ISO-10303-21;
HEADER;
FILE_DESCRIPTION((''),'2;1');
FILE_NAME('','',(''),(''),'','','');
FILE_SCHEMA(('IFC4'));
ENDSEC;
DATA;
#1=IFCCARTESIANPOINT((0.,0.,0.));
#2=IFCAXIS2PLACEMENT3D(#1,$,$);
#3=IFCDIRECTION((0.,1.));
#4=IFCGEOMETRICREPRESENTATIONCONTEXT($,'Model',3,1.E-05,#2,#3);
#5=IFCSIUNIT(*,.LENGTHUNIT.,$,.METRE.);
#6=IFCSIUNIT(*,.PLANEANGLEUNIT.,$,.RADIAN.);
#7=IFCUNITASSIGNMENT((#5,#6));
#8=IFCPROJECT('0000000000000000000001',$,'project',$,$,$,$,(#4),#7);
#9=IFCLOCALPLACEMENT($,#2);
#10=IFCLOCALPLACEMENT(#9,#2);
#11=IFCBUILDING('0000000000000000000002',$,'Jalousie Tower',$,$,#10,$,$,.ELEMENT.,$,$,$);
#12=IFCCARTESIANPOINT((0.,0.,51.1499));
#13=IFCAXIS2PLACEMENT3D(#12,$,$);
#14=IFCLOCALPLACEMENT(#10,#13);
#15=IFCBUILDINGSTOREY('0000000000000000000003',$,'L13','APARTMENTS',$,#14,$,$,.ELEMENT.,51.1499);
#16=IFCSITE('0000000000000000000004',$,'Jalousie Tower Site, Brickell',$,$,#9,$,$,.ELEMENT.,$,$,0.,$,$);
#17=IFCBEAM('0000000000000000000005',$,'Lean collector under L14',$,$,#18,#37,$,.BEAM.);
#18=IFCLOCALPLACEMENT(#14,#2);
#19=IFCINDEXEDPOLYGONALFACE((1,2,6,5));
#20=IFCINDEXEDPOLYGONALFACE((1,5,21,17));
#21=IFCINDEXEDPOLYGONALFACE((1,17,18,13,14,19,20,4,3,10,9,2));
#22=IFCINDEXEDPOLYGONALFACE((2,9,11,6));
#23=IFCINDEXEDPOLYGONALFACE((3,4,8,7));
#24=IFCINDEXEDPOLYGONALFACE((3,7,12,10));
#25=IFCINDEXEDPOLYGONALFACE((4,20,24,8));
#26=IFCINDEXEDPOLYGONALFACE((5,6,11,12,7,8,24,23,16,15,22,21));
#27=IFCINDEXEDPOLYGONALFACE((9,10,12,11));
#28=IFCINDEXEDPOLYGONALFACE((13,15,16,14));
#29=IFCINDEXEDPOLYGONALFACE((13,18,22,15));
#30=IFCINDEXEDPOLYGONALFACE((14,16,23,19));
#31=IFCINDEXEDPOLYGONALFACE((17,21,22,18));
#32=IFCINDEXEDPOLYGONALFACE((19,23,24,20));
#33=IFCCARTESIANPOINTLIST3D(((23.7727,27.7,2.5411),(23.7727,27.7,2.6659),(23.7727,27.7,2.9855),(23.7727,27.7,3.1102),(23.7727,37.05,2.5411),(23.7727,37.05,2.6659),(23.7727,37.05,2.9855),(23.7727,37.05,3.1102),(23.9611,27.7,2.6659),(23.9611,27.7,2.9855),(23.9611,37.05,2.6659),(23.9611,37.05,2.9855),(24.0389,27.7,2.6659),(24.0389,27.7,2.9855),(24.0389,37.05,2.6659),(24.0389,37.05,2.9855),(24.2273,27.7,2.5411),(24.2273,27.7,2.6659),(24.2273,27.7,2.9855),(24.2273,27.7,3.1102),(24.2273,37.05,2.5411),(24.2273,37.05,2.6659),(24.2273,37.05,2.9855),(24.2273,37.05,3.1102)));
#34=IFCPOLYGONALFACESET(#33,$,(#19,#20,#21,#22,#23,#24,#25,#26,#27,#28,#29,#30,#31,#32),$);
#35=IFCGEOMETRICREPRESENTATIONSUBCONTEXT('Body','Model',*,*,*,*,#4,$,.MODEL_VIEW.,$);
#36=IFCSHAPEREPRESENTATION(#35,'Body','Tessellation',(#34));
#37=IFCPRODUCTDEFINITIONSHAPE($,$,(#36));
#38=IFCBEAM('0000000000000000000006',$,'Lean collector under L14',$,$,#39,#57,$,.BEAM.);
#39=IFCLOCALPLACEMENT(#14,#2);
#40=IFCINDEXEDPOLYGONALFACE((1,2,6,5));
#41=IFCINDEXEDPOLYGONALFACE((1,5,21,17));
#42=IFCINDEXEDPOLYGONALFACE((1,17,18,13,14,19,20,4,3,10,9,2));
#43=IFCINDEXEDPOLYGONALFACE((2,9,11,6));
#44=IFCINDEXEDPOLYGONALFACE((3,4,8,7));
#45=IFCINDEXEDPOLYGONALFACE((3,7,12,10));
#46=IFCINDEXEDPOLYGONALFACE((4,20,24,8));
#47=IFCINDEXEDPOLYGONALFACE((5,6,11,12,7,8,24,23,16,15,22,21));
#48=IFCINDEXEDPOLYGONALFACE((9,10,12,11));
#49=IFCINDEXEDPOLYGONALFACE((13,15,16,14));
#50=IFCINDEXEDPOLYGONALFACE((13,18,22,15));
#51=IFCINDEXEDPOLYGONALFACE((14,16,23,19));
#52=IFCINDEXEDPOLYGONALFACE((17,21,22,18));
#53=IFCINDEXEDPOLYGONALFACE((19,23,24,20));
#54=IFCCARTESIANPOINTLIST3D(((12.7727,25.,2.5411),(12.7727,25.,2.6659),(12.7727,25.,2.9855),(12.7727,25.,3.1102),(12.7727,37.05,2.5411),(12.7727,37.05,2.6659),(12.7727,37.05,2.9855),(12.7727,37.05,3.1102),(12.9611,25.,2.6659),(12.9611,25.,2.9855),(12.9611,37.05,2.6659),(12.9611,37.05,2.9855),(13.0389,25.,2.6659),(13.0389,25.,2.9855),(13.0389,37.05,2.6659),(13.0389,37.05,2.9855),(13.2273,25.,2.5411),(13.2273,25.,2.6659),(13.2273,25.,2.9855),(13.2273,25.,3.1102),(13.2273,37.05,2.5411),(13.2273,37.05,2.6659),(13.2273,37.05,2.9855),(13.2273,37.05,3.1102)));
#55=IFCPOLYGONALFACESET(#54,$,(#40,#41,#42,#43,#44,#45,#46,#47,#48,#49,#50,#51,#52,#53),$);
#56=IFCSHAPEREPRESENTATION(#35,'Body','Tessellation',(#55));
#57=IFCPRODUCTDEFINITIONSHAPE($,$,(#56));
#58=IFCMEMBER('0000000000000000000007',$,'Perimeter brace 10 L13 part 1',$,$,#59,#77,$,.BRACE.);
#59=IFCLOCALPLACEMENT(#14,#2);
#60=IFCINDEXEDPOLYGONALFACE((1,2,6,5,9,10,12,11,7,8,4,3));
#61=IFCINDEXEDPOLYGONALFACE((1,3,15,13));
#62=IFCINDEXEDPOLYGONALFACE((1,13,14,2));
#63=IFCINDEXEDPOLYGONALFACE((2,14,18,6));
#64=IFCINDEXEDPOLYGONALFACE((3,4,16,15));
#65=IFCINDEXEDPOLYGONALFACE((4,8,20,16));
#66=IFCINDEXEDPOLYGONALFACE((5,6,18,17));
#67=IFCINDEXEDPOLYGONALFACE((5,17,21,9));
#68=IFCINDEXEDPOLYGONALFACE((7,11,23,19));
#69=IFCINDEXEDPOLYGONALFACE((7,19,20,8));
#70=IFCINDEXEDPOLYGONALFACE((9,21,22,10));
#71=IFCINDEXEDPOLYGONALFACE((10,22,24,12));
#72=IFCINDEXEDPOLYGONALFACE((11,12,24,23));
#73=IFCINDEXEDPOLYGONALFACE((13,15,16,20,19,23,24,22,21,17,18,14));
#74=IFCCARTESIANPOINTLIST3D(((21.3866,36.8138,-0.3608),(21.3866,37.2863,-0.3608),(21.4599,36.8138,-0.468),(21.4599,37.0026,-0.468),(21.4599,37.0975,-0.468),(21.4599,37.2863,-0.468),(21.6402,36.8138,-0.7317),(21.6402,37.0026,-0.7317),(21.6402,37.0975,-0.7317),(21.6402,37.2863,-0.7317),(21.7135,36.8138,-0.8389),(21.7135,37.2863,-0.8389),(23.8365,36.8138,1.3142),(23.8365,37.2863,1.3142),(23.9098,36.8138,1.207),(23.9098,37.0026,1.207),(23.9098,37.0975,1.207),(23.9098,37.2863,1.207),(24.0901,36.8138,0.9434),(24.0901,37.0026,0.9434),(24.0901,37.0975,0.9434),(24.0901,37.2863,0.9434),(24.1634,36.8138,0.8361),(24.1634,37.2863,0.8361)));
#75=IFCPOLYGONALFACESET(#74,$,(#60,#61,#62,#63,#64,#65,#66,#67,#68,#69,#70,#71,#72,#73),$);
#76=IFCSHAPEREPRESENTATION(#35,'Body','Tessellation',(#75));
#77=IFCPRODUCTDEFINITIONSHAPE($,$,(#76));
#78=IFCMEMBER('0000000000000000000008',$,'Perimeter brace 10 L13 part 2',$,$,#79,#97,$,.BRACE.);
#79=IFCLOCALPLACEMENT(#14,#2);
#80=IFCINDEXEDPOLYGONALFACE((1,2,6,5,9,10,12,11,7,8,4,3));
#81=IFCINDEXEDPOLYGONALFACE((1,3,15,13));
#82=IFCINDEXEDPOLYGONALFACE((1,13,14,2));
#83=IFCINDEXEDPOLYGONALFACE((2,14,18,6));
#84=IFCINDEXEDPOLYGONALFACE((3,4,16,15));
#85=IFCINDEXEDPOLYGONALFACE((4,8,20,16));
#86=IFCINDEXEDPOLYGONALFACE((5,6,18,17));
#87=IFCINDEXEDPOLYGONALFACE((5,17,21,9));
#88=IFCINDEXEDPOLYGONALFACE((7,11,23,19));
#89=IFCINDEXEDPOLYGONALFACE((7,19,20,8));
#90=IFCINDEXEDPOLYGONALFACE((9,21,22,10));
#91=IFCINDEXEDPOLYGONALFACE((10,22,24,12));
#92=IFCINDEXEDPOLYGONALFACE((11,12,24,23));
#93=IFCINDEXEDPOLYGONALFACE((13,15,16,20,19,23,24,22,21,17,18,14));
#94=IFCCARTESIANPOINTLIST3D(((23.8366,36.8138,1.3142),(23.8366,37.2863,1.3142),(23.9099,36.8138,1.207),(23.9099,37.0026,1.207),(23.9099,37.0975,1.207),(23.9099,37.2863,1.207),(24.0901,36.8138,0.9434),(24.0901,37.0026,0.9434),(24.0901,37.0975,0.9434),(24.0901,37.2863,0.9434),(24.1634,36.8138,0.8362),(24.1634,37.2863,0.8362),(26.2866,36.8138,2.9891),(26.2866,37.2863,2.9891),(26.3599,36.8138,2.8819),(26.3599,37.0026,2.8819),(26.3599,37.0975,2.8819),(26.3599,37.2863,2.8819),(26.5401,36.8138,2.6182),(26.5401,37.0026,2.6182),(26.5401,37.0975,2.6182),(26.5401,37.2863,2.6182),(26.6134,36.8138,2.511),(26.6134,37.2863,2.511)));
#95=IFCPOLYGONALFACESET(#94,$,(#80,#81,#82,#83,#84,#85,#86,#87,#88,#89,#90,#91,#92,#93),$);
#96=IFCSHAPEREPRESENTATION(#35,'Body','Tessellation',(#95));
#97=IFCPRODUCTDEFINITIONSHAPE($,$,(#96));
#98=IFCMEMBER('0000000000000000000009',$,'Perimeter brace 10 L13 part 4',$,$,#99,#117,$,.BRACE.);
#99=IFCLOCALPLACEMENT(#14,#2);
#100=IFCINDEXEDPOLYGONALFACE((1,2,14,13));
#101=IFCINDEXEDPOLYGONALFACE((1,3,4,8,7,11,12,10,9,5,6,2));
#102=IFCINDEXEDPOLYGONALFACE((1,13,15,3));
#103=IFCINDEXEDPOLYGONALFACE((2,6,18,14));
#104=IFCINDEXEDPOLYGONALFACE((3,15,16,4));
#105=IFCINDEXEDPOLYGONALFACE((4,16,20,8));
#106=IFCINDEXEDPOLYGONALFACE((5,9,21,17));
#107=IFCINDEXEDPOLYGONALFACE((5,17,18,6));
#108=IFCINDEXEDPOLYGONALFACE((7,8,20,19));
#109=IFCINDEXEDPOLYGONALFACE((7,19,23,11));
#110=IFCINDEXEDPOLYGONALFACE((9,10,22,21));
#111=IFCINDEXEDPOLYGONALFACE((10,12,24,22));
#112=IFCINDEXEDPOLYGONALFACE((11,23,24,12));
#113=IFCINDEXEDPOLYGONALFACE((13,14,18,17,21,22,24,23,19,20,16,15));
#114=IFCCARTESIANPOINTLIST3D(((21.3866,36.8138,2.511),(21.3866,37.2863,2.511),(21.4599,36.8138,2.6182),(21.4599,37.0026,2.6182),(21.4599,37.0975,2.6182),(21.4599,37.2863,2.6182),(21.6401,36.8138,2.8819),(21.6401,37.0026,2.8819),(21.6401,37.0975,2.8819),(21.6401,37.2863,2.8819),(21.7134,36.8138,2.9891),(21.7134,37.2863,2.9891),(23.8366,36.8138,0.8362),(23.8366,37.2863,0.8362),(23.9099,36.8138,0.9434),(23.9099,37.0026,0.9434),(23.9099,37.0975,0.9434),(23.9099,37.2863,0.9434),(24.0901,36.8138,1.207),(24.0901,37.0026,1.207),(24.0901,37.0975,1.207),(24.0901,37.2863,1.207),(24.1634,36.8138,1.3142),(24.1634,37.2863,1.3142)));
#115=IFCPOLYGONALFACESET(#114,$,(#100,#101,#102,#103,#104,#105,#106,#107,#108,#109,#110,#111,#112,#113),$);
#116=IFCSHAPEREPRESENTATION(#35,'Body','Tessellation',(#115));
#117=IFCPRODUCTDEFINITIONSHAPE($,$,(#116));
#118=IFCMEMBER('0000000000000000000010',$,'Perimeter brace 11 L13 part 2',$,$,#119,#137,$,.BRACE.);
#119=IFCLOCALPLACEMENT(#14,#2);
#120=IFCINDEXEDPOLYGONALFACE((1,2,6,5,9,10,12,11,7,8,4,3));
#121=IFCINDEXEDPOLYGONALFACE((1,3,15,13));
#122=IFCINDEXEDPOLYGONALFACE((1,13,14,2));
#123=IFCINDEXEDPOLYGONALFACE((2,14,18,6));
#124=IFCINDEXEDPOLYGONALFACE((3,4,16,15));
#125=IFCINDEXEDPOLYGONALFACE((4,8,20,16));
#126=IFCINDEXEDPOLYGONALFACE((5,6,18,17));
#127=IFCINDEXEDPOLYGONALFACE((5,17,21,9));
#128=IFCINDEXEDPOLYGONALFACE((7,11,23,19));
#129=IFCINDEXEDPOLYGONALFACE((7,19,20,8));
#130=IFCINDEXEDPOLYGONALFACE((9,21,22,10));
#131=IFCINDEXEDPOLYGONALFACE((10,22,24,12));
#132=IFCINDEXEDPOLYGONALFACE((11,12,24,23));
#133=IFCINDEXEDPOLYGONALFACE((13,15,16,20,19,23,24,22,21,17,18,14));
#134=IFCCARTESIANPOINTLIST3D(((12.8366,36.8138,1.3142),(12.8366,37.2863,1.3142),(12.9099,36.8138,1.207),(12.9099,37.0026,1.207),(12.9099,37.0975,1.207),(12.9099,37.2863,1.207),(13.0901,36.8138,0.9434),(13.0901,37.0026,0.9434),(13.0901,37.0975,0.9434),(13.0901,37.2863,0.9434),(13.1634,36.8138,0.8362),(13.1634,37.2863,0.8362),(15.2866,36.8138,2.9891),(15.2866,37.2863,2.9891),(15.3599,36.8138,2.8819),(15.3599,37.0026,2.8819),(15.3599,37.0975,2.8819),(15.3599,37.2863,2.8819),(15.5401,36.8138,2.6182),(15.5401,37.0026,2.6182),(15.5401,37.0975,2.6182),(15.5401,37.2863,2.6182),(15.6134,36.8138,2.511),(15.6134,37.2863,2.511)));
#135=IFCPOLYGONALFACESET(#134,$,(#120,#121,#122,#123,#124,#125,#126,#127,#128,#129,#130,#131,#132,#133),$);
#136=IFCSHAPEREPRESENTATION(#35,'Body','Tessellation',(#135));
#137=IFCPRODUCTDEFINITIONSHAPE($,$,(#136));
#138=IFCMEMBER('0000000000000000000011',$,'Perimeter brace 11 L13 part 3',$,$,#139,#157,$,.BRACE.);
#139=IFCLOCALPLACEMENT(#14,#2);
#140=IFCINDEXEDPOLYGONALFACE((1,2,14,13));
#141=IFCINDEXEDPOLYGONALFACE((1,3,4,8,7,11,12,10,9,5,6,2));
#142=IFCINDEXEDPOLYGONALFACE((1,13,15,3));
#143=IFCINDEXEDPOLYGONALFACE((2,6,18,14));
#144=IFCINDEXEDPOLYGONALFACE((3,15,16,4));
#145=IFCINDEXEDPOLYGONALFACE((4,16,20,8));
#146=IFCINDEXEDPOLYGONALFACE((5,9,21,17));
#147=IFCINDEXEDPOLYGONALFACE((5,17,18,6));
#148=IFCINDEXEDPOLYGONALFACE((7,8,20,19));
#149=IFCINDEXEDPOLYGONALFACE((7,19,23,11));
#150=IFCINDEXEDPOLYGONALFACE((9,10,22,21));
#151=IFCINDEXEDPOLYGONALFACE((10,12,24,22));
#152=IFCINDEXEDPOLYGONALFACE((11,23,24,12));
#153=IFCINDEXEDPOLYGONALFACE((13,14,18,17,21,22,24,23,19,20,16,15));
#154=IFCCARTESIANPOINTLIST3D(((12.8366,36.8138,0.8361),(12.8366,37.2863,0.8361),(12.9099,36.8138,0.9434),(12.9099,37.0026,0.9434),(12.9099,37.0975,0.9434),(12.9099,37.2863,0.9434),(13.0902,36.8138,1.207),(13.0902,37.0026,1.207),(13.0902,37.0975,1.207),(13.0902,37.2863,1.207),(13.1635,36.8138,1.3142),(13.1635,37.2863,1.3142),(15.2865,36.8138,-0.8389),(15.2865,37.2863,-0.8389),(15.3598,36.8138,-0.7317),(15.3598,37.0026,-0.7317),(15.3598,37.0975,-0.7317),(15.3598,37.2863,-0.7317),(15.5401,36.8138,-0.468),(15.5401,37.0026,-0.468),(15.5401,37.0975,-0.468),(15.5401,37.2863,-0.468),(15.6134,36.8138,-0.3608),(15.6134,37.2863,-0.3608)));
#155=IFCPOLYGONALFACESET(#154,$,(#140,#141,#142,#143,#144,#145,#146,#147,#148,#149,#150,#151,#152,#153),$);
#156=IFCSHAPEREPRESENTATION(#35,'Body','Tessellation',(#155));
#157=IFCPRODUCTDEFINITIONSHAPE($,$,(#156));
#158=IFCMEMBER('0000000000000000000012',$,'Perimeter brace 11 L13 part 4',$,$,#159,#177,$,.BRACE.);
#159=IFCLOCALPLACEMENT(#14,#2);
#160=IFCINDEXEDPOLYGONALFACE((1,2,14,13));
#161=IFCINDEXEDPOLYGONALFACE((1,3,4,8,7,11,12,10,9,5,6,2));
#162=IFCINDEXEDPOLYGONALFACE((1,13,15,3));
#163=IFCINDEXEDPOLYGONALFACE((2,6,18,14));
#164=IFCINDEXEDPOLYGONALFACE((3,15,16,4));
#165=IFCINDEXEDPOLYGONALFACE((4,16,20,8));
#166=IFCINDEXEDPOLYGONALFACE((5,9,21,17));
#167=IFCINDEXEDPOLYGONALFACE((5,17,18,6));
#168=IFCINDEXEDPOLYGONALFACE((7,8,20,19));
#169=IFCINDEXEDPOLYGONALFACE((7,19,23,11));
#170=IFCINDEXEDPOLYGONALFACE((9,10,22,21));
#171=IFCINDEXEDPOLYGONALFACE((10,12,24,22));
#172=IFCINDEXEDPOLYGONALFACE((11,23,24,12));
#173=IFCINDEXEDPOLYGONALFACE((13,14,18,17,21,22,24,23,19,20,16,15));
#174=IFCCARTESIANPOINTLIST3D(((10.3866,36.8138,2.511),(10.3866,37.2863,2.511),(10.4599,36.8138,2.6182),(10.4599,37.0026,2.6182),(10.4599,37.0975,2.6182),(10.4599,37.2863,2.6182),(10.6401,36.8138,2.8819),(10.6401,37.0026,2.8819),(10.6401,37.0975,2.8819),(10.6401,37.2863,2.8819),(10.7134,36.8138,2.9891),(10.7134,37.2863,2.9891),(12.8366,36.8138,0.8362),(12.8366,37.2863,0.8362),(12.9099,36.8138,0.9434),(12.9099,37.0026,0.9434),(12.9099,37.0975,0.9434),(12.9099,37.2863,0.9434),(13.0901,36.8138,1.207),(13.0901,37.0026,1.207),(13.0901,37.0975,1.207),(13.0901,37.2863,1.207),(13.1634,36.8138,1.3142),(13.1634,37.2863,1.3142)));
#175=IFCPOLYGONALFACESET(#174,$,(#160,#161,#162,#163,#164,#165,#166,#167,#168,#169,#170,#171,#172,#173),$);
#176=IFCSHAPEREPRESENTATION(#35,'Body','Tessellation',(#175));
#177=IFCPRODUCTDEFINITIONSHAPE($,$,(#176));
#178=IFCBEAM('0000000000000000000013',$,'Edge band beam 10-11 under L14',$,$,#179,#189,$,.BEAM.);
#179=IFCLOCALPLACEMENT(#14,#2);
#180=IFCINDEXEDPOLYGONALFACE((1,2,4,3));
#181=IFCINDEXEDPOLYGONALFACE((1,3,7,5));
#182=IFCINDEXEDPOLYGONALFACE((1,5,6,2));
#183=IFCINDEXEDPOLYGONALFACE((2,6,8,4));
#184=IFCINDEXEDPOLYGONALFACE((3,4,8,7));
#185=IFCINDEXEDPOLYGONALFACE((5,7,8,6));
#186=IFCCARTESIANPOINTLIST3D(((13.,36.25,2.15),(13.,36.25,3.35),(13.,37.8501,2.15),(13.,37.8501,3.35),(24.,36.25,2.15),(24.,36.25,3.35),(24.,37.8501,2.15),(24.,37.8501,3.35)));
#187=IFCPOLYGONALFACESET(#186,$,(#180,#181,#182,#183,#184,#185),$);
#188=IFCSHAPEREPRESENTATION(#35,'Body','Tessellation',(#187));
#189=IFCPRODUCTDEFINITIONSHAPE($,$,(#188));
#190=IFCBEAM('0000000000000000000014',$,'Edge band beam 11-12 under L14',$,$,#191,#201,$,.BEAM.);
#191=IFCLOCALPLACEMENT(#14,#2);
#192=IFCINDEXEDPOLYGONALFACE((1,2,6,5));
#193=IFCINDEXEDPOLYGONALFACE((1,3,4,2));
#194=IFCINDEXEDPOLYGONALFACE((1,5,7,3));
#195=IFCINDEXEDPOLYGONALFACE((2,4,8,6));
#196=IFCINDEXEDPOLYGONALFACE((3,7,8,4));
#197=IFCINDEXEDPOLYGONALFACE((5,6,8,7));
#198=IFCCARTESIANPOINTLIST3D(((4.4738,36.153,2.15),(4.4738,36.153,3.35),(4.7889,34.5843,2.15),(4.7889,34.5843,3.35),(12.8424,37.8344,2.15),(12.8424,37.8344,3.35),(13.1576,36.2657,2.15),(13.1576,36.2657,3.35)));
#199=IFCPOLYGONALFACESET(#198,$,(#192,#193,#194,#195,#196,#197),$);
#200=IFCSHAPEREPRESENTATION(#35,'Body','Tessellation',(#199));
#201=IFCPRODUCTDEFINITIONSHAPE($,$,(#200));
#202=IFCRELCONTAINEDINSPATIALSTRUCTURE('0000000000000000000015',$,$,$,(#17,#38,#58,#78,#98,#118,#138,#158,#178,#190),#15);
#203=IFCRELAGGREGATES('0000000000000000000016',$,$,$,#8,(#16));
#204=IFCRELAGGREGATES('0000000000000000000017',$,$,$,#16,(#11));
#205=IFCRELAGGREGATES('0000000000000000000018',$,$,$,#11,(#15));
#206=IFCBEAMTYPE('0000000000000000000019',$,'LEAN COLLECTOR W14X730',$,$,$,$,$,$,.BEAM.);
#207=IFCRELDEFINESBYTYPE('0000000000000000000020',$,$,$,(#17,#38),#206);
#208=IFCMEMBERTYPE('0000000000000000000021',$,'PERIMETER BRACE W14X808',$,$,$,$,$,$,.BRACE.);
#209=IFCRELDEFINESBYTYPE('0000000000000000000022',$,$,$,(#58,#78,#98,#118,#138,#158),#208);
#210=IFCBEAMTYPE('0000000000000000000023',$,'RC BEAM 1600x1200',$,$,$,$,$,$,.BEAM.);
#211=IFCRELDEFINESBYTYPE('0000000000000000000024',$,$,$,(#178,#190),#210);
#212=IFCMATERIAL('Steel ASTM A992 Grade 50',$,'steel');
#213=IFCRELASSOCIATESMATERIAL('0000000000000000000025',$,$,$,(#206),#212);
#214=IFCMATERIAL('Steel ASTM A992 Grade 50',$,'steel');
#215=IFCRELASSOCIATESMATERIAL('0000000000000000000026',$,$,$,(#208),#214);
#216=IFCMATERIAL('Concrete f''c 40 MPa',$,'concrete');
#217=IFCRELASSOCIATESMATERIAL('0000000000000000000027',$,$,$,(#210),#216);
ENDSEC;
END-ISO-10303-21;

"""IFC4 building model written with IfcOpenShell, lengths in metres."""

from ifc_helpers import new_model, si_unit, direction, frame, origin, origin_2d, place, context, subcontext, project, spatial, rectangle, i_section, extrude, material, material_profile, profile_set, type_object, element, save


model = new_model("IFC4")

# Units and contexts
model_context = context("Model", 3, precision=1e-05, world=origin(), true_north=direction((0.0, 1.0)))
body_context = subcontext(model_context, "Body", "Model", "MODEL_VIEW")
ifc_project = project(units=[si_unit("LENGTHUNIT", "METRE"), si_unit("PLANEANGLEUNIT", "RADIAN")], contexts=[model_context])

# Site, building, storey
site_placement = place(None, origin())
site = spatial("IfcSite", under=ifc_project, at=site_placement, Name="Jalousie Tower Site, Brickell", CompositionType="ELEMENT", RefElevation=0.0)
building_placement = place(site_placement, origin())
building = spatial("IfcBuilding", under=site, at=building_placement, Name="Jalousie Tower", CompositionType="ELEMENT")
storey_placement = place(building_placement, frame((0.0, 0.0, 51.1499)))
storey = spatial("IfcBuildingStorey", under=building, at=storey_placement, Name="L13", Description="APARTMENTS", CompositionType="ELEMENT", Elevation=51.1499)

# Beams
ifc_material_1 = material(Name="Steel ASTM A992 Grade 50", Category="steel")
ifc_material_profile_1 = material_profile(ifc_material_1, i_section(OverallWidth=0.4546, OverallDepth=0.5691, WebThickness=0.0779, FlangeThickness=0.1248, at=origin_2d()), Name="W14X730")
ifc_profile_set_1 = profile_set([ifc_material_profile_1], Name="Steel ASTM A992 Grade 50")
beam_type_1 = type_object("IfcBeamType", Name="LEAN COLLECTOR W14X730", PredefinedType="BEAM", material=ifc_profile_set_1)
beam_1_placement = place(storey_placement, frame((24.0, 37.05, 2.8257), z_axis=(0.0, -1.0, 0.0), x_axis=(1.0, 0.0, 0.0)))
element("IfcBeam", 1, at=beam_1_placement, inside=storey, type_object=beam_type_1, Name="Lean collector under L14", PredefinedType="BEAM", context=body_context, shape_type="SweptSolid", body=[
    extrude(i_section(OverallWidth=0.4546, OverallDepth=0.5691, WebThickness=0.0779, FlangeThickness=0.1248, at=origin_2d()), origin(), (0.0, 0.0, 1.0), 9.3501),
])
beam_2_placement = place(storey_placement, frame((13.0, 37.05, 2.8257), z_axis=(0.0, -1.0, 0.0), x_axis=(1.0, 0.0, 0.0)))
element("IfcBeam", 2, at=beam_2_placement, inside=storey, type_object=beam_type_1, Name="Lean collector under L14", PredefinedType="BEAM", context=body_context, shape_type="SweptSolid", body=[
    extrude(i_section(OverallWidth=0.4546, OverallDepth=0.5691, WebThickness=0.0779, FlangeThickness=0.1248, at=origin_2d()), origin(), (0.0, 0.0, 1.0), 12.05),
])

# Members
ifc_material_2 = material(Name="Steel ASTM A992 Grade 50", Category="steel")
ifc_material_profile_2 = material_profile(ifc_material_2, i_section(OverallWidth=0.4724, OverallDepth=0.5791, WebThickness=0.095, FlangeThickness=0.1299, at=origin_2d()), Name="W14X808")
ifc_profile_set_2 = profile_set([ifc_material_profile_2], Name="Steel ASTM A992 Grade 50")
member_type_1 = type_object("IfcMemberType", Name="PERIMETER BRACE W14X808", PredefinedType="BRACE", material=ifc_profile_set_2)
for number, where, z_axis, x_axis, name in (
    (3, (21.55, 37.05, -0.5999), (0.825501, 0.0, 0.564401), (0.0, 1.0, 0.0), "Perimeter brace 10 L13 part 1"),
    (4, (24.0, 37.05, 1.0752), (0.825539, 0.0, 0.564345), (0.0, 1.0, 0.0), "Perimeter brace 10 L13 part 2"),
    (5, (24.0, 37.05, 1.0752), (-0.825539, 0.0, 0.564345), (0.0, -1.0, 0.0), "Perimeter brace 10 L13 part 4"),
    (6, (13.0, 37.05, 1.0752), (0.825539, 0.0, 0.564345), (0.0, 1.0, 0.0), "Perimeter brace 11 L13 part 2"),
    (7, (15.45, 37.05, -0.5999), (-0.825501, 0.0, 0.564401), (0.0, -1.0, 0.0), "Perimeter brace 11 L13 part 3"),
    (8, (13.0, 37.05, 1.0752), (-0.825539, 0.0, 0.564345), (0.0, -1.0, 0.0), "Perimeter brace 11 L13 part 4"),
):
    element("IfcMember", number, at=place(storey_placement, frame(where, z_axis=z_axis, x_axis=x_axis)), inside=storey, type_object=member_type_1, Name=name, PredefinedType="BRACE", context=body_context, shape_type="SweptSolid", body=[
        extrude(i_section(OverallWidth=0.4724, OverallDepth=0.5791, WebThickness=0.095, FlangeThickness=0.1299, at=origin_2d()), origin(), (0.0, 0.0, 1.0), 2.9678),
    ])

# Beams
ifc_material_3 = material(Name="Concrete f'c 40 MPa", Category="concrete")
ifc_material_profile_3 = material_profile(ifc_material_3, rectangle(XDim=1.6001, YDim=1.2, at=origin_2d()), Name="RC 1600x1200")
ifc_profile_set_3 = profile_set([ifc_material_profile_3], Name="Concrete f'c 40 MPa")
beam_type_2 = type_object("IfcBeamType", Name="RC BEAM 1600x1200", PredefinedType="BEAM", material=ifc_profile_set_3)
beam_3_placement = place(storey_placement, frame((24.0, 37.05, 2.75), z_axis=(-1.0, 0.0, 0.0), x_axis=(0.0, -1.0, 0.0)))
element("IfcBeam", 9, at=beam_3_placement, inside=storey, type_object=beam_type_2, Name="Edge band beam 10-11 under L14", PredefinedType="BEAM", context=body_context, shape_type="SweptSolid", body=[
    extrude(rectangle(XDim=1.6001, YDim=1.2, at=origin_2d()), origin(), (0.0, 0.0, 1.0), 11.0),
])
beam_4_placement = place(storey_placement, frame((13.0, 37.05, 2.75), z_axis=(-0.980408, -0.19698, 0.0), x_axis=(0.19698, -0.980408, 0.0)))
element("IfcBeam", 10, at=beam_4_placement, inside=storey, type_object=beam_type_2, Name="Edge band beam 11-12 under L14", PredefinedType="BEAM", context=body_context, shape_type="SweptSolid", body=[
    extrude(rectangle(XDim=1.6001, YDim=1.2, at=origin_2d()), origin(), (0.0, 0.0, 1.0), 8.5359),
])

save(model, "model.ifc")
